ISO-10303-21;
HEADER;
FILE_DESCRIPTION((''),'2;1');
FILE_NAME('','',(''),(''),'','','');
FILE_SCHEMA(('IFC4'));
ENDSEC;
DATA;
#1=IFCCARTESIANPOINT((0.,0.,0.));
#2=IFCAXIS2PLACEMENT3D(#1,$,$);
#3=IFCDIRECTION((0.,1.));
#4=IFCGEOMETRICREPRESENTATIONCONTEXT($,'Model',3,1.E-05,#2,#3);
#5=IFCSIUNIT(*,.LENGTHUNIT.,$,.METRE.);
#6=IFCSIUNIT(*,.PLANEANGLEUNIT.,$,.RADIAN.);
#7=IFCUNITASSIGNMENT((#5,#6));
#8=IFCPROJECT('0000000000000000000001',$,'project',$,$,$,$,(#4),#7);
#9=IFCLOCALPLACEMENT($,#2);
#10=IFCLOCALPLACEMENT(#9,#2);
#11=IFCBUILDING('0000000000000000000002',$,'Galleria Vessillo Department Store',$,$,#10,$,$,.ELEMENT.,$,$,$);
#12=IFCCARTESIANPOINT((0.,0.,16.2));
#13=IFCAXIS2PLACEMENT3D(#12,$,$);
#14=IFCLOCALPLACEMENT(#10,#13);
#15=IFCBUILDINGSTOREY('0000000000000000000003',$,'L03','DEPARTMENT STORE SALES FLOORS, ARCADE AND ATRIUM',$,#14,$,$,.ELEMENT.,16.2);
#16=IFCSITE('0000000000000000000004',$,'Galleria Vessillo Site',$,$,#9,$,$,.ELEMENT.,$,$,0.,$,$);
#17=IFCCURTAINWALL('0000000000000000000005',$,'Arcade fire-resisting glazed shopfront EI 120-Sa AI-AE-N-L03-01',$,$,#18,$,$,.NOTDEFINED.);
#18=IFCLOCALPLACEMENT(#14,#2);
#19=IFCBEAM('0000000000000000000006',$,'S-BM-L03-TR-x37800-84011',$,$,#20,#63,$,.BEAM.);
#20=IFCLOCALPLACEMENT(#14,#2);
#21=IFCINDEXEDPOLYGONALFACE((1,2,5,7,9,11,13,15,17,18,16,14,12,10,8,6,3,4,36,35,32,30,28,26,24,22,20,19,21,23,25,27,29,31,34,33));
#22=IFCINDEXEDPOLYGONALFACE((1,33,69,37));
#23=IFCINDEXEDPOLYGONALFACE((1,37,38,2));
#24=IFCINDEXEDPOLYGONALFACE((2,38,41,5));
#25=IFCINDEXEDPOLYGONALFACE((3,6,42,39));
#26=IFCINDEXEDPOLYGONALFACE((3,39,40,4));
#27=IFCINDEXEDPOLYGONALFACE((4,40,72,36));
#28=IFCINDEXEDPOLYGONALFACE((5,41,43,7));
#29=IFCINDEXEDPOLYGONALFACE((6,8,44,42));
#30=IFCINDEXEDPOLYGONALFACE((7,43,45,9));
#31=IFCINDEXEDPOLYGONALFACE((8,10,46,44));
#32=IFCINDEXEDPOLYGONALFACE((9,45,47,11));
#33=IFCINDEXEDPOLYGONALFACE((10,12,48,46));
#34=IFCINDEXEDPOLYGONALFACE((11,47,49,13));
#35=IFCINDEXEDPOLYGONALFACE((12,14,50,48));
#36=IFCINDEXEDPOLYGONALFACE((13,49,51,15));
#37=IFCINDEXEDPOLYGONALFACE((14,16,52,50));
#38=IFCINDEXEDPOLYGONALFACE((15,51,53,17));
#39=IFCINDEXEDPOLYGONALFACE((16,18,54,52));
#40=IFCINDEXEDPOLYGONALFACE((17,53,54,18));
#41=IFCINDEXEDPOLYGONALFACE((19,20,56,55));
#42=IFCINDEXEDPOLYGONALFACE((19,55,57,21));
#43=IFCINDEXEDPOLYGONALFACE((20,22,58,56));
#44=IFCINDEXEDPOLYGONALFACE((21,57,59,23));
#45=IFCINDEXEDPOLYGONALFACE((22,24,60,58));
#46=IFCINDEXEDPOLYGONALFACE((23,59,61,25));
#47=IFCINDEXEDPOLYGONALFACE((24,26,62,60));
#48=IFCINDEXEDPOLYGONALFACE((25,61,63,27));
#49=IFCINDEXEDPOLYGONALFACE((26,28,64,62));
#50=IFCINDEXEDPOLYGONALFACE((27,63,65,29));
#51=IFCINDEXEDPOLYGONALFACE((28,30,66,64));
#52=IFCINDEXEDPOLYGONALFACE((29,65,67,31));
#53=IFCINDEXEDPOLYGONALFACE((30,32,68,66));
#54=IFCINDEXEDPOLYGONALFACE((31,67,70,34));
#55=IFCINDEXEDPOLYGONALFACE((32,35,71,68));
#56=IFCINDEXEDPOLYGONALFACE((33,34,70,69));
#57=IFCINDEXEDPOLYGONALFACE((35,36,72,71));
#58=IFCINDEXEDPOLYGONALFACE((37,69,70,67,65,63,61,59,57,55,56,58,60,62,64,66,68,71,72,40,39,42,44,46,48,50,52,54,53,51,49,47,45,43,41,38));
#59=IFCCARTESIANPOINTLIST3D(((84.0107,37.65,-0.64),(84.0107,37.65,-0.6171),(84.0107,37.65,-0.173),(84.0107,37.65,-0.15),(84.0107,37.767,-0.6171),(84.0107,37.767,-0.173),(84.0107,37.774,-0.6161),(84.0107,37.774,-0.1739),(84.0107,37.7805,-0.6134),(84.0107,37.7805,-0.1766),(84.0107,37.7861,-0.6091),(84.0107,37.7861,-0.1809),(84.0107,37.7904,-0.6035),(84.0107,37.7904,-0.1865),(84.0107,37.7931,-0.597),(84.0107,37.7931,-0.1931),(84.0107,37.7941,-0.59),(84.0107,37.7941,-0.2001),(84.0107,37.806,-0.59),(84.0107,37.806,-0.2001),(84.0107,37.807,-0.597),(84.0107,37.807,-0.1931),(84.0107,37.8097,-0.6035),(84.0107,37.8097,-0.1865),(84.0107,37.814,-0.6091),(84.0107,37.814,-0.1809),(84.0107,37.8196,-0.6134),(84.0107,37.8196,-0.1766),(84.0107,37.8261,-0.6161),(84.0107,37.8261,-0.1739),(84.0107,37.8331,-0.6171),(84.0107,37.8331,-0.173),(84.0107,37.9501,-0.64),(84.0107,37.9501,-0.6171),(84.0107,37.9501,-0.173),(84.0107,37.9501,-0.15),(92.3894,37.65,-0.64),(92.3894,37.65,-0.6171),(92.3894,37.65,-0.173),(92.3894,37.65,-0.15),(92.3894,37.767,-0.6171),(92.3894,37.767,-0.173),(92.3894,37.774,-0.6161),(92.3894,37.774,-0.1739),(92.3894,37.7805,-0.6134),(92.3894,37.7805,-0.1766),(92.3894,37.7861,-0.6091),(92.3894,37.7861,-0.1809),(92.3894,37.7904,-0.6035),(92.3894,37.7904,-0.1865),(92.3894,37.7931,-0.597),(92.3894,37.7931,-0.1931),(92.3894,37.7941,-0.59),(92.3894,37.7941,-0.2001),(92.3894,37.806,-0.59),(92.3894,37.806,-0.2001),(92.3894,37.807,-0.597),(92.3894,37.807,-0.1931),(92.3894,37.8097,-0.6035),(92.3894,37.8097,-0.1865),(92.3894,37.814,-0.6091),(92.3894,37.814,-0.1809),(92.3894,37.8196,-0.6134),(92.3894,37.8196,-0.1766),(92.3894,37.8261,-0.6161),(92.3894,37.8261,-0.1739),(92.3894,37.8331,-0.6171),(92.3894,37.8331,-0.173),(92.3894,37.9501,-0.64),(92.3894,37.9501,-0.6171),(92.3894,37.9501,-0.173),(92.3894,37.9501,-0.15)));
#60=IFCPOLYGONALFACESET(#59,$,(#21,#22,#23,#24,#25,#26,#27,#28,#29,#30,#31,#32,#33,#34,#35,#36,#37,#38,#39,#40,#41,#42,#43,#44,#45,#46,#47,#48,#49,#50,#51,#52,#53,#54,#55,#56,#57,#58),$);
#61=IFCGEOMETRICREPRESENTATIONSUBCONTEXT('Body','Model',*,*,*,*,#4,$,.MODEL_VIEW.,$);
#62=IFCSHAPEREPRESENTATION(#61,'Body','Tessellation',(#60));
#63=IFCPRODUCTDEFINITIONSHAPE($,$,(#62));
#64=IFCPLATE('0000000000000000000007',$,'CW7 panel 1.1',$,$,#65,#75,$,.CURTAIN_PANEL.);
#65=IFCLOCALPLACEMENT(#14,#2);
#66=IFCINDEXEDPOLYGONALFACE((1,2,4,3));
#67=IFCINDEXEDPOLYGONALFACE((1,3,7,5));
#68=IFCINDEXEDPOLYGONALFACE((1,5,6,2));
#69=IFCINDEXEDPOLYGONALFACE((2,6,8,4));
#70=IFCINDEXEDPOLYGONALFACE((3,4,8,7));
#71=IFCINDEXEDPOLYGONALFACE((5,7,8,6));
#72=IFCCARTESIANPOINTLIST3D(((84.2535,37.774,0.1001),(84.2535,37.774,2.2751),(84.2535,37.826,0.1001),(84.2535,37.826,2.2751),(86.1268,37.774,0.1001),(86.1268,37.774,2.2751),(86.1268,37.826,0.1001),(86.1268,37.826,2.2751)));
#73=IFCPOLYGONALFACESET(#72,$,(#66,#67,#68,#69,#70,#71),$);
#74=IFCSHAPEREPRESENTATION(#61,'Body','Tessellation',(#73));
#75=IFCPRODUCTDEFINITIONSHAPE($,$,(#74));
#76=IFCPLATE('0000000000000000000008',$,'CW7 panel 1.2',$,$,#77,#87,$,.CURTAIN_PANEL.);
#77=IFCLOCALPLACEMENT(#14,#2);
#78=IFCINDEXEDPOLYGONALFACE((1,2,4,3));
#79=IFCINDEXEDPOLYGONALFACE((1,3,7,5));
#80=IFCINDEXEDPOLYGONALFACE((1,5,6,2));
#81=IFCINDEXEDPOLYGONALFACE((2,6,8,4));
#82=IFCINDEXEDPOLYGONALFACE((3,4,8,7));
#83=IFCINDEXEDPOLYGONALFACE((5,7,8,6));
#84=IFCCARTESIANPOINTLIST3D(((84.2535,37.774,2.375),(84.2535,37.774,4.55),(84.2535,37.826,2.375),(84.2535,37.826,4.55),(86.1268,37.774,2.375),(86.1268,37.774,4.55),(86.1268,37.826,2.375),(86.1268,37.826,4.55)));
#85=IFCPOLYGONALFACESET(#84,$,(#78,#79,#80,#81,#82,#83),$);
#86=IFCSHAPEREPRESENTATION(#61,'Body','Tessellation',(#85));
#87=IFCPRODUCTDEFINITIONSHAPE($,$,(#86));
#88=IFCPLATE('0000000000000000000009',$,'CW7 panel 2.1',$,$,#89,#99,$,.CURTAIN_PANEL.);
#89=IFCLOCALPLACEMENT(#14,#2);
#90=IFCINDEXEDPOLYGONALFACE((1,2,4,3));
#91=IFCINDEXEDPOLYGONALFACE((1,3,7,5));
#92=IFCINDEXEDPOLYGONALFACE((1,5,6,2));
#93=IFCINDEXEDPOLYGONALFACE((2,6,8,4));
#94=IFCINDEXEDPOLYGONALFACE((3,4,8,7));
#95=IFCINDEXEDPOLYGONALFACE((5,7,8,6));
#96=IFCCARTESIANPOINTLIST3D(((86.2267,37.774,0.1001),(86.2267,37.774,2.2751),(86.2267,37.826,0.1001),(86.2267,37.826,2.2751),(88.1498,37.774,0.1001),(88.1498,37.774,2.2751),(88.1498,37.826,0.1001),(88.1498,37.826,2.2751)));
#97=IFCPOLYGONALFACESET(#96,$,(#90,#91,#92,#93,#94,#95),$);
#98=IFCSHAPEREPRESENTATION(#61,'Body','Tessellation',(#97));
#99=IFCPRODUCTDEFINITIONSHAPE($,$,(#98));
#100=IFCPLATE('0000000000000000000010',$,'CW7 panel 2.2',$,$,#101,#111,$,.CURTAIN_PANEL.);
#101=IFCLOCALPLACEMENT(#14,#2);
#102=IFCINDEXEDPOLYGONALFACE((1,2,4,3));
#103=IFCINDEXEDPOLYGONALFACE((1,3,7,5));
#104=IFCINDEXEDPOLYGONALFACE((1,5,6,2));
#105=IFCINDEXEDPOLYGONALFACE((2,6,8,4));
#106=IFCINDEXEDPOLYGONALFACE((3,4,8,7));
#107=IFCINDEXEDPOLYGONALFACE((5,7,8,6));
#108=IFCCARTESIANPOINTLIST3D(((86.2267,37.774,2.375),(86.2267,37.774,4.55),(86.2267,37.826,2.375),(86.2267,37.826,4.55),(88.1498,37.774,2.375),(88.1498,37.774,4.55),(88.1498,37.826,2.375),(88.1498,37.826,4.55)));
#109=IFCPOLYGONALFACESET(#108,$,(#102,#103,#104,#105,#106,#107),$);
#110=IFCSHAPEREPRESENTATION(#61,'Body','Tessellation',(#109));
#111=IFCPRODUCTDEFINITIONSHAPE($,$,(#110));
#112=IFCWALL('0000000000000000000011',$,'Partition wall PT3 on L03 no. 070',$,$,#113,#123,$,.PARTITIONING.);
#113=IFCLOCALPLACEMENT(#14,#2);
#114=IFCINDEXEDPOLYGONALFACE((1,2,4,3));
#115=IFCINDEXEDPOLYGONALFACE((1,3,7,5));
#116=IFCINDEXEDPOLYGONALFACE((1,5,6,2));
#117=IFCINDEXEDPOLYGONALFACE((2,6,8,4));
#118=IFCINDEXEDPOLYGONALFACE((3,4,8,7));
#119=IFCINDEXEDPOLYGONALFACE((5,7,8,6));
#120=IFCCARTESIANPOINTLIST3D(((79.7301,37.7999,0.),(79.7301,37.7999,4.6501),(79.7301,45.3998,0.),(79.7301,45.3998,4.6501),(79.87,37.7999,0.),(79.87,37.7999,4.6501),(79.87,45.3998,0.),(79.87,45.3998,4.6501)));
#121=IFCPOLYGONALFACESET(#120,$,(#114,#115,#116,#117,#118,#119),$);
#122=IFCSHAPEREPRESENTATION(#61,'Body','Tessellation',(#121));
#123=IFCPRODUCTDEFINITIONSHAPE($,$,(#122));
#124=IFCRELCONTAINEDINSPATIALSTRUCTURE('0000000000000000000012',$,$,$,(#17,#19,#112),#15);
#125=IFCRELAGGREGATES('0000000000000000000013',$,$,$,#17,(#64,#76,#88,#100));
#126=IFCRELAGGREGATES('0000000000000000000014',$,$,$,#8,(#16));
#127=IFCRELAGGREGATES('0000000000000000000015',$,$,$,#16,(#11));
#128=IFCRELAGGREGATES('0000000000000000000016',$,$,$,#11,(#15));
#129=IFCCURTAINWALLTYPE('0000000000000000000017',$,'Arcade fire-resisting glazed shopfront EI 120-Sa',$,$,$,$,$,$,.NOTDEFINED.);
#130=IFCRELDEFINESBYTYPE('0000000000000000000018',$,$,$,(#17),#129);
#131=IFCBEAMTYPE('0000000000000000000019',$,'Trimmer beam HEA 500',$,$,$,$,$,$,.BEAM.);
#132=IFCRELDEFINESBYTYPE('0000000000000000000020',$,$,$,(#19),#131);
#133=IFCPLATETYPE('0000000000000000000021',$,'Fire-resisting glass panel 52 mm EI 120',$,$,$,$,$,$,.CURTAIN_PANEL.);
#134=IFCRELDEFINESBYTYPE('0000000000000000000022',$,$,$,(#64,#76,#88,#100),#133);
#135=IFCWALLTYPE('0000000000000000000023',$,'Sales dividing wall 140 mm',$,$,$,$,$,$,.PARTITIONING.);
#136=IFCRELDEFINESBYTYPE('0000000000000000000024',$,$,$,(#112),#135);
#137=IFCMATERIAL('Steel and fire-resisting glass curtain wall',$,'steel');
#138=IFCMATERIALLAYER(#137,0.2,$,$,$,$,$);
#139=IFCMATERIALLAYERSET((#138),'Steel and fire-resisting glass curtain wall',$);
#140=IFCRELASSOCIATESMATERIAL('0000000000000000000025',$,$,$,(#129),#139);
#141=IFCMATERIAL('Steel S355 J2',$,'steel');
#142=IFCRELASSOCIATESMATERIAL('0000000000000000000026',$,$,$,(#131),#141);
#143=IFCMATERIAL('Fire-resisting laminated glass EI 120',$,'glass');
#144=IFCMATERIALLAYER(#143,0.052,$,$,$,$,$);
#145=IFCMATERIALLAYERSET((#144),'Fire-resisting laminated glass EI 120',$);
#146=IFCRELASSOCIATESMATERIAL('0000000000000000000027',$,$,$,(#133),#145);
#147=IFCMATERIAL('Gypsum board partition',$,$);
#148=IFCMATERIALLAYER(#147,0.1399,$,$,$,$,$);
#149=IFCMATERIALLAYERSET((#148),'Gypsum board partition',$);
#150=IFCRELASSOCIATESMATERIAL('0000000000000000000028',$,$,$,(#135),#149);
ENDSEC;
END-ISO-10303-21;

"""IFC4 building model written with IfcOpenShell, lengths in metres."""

from ifc_helpers import new_model, si_unit, direction, frame, frame_2d, origin, origin_2d, place, context, subcontext, project, spatial, rectangle, i_section, extrude, material, layer, layer_set, material_profile, profile_set, type_object, element, aggregate, save


model = new_model("IFC4")

# Units and contexts
model_context = context("Model", 3, precision=1e-05, world=origin(), true_north=direction((0.0, 1.0)))
body_context = subcontext(model_context, "Body", "Model", "MODEL_VIEW")
ifc_project = project(units=[si_unit("LENGTHUNIT", "METRE"), si_unit("PLANEANGLEUNIT", "RADIAN")], contexts=[model_context])

# Site, building, storey
site_placement = place(None, origin())
site = spatial("IfcSite", under=ifc_project, at=site_placement, Name="Galleria Vessillo Site", CompositionType="ELEMENT", RefElevation=0.0)
building_placement = place(site_placement, origin())
building = spatial("IfcBuilding", under=site, at=building_placement, Name="Galleria Vessillo Department Store", CompositionType="ELEMENT")
storey_placement = place(building_placement, frame((0.0, 0.0, 16.2)))
storey = spatial("IfcBuildingStorey", under=building, at=storey_placement, Name="L03", Description="DEPARTMENT STORE SALES FLOORS, ARCADE AND ATRIUM", CompositionType="ELEMENT", Elevation=16.2)

# Curtain wall
ifc_material_1 = material(Name="Steel and fire-resisting glass curtain wall", Category="steel")
ifc_layer_1 = layer(ifc_material_1, 0.2)
ifc_layer_set_1 = layer_set([ifc_layer_1], Name="Steel and fire-resisting glass curtain wall")
curtain_wall_type = type_object("IfcCurtainWallType", Name="Arcade fire-resisting glazed shopfront EI 120-Sa", PredefinedType="NOTDEFINED", material=ifc_layer_set_1)
curtain_wall_placement = place(storey_placement, origin())
curtain_wall = element("IfcCurtainWall", 1, at=curtain_wall_placement, inside=storey, type_object=curtain_wall_type, Name="Arcade fire-resisting glazed shopfront EI 120-Sa AI-AE-N-L03-01", PredefinedType="NOTDEFINED")

# Beam
ifc_material_2 = material(Name="Steel S355 J2", Category="steel")
ifc_material_profile_1 = material_profile(ifc_material_2, i_section(OverallWidth=0.3, OverallDepth=0.49, WebThickness=0.012, FlangeThickness=0.0229, FilletRadius=0.0271, at=origin_2d()), Name="HEA 500")
ifc_profile_set_1 = profile_set([ifc_material_profile_1], Name="Steel S355 J2")
beam_type_1 = type_object("IfcBeamType", Name="Trimmer beam HEA 500", PredefinedType="BEAM", material=ifc_profile_set_1)
beam_1_placement = place(storey_placement, frame((84.0107, 37.8, -0.395), z_axis=(1.0, 0.0, 0.0), x_axis=(0.0, 1.0, 0.0)))
element("IfcBeam", 2, at=beam_1_placement, inside=storey, type_object=beam_type_1, Name="S-BM-L03-TR-x37800-84011", PredefinedType="BEAM", context=body_context, shape_type="SweptSolid", body=[
    extrude(i_section(OverallWidth=0.3, OverallDepth=0.49, WebThickness=0.012, FlangeThickness=0.0229, FilletRadius=0.0271, at=origin_2d()), origin(), (0.0, 0.0, 1.0), 8.3787),
])

# Plates
ifc_material_3 = material(Name="Fire-resisting laminated glass EI 120", Category="glass")
ifc_layer_2 = layer(ifc_material_3, 0.052)
ifc_layer_set_2 = layer_set([ifc_layer_2], Name="Fire-resisting laminated glass EI 120")
plate_type = type_object("IfcPlateType", Name="Fire-resisting glass panel 52 mm EI 120", PredefinedType="CURTAIN_PANEL", material=ifc_layer_set_2)
plate_1_placement = place(storey_placement, frame((85.1902, 37.8, 0.1001), z_axis=(0.0, 0.0, 1.0), x_axis=(1.0, 0.0, 0.0)))
plate_1 = element("IfcPlate", 3, at=plate_1_placement, type_object=plate_type, Name="CW7 panel 1.1", PredefinedType="CURTAIN_PANEL", context=body_context, shape_type="SweptSolid", body=[
    extrude(rectangle(XDim=1.8733, YDim=0.052, at=origin_2d()), origin(), (0.0, 0.0, 1.0), 2.175),
])
plate_2_placement = place(storey_placement, frame((85.1902, 37.8, 2.375), z_axis=(0.0, 0.0, 1.0), x_axis=(1.0, 0.0, 0.0)))
plate_2 = element("IfcPlate", 4, at=plate_2_placement, type_object=plate_type, Name="CW7 panel 1.2", PredefinedType="CURTAIN_PANEL", context=body_context, shape_type="SweptSolid", body=[
    extrude(rectangle(XDim=1.8733, YDim=0.052, at=origin_2d()), origin(), (0.0, 0.0, 1.0), 2.175),
])
plate_3_placement = place(storey_placement, frame((87.1882, 37.8, 0.1001), z_axis=(0.0, 0.0, 1.0), x_axis=(1.0, 0.0, 0.0)))
plate_3 = element("IfcPlate", 5, at=plate_3_placement, type_object=plate_type, Name="CW7 panel 2.1", PredefinedType="CURTAIN_PANEL", context=body_context, shape_type="SweptSolid", body=[
    extrude(rectangle(XDim=1.9231, YDim=0.052, at=origin_2d()), origin(), (0.0, 0.0, 1.0), 2.175),
])
plate_4_placement = place(storey_placement, frame((87.1882, 37.8, 2.375), z_axis=(0.0, 0.0, 1.0), x_axis=(1.0, 0.0, 0.0)))
plate_4 = element("IfcPlate", 6, at=plate_4_placement, type_object=plate_type, Name="CW7 panel 2.2", PredefinedType="CURTAIN_PANEL", context=body_context, shape_type="SweptSolid", body=[
    extrude(rectangle(XDim=1.9231, YDim=0.052, at=origin_2d()), origin(), (0.0, 0.0, 1.0), 2.175),
])
aggregate(curtain_wall, [plate_1, plate_2, plate_3, plate_4])

# Wall
ifc_material_4 = material(Name="Gypsum board partition")
ifc_layer_3 = layer(ifc_material_4, 0.1399)
ifc_layer_set_3 = layer_set([ifc_layer_3], Name="Gypsum board partition")
wall_type = type_object("IfcWallType", Name="Sales dividing wall 140 mm", PredefinedType="PARTITIONING", material=ifc_layer_set_3)
wall_placement = place(storey_placement, frame((79.8, 37.8, 0.0), z_axis=(0.0, 0.0, 1.0), x_axis=(0.0, 1.0, 0.0)))
element("IfcWall", 7, at=wall_placement, inside=storey, type_object=wall_type, Name="Partition wall PT3 on L03 no. 070", PredefinedType="PARTITIONING", context=body_context, shape_type="SweptSolid", body=[
    extrude(rectangle(XDim=7.5999, YDim=0.1399, at=frame_2d((3.7998, 0.0))), origin(), (0.0, 0.0, 1.0), 4.6501),
])

save(model, "model.ifc")
